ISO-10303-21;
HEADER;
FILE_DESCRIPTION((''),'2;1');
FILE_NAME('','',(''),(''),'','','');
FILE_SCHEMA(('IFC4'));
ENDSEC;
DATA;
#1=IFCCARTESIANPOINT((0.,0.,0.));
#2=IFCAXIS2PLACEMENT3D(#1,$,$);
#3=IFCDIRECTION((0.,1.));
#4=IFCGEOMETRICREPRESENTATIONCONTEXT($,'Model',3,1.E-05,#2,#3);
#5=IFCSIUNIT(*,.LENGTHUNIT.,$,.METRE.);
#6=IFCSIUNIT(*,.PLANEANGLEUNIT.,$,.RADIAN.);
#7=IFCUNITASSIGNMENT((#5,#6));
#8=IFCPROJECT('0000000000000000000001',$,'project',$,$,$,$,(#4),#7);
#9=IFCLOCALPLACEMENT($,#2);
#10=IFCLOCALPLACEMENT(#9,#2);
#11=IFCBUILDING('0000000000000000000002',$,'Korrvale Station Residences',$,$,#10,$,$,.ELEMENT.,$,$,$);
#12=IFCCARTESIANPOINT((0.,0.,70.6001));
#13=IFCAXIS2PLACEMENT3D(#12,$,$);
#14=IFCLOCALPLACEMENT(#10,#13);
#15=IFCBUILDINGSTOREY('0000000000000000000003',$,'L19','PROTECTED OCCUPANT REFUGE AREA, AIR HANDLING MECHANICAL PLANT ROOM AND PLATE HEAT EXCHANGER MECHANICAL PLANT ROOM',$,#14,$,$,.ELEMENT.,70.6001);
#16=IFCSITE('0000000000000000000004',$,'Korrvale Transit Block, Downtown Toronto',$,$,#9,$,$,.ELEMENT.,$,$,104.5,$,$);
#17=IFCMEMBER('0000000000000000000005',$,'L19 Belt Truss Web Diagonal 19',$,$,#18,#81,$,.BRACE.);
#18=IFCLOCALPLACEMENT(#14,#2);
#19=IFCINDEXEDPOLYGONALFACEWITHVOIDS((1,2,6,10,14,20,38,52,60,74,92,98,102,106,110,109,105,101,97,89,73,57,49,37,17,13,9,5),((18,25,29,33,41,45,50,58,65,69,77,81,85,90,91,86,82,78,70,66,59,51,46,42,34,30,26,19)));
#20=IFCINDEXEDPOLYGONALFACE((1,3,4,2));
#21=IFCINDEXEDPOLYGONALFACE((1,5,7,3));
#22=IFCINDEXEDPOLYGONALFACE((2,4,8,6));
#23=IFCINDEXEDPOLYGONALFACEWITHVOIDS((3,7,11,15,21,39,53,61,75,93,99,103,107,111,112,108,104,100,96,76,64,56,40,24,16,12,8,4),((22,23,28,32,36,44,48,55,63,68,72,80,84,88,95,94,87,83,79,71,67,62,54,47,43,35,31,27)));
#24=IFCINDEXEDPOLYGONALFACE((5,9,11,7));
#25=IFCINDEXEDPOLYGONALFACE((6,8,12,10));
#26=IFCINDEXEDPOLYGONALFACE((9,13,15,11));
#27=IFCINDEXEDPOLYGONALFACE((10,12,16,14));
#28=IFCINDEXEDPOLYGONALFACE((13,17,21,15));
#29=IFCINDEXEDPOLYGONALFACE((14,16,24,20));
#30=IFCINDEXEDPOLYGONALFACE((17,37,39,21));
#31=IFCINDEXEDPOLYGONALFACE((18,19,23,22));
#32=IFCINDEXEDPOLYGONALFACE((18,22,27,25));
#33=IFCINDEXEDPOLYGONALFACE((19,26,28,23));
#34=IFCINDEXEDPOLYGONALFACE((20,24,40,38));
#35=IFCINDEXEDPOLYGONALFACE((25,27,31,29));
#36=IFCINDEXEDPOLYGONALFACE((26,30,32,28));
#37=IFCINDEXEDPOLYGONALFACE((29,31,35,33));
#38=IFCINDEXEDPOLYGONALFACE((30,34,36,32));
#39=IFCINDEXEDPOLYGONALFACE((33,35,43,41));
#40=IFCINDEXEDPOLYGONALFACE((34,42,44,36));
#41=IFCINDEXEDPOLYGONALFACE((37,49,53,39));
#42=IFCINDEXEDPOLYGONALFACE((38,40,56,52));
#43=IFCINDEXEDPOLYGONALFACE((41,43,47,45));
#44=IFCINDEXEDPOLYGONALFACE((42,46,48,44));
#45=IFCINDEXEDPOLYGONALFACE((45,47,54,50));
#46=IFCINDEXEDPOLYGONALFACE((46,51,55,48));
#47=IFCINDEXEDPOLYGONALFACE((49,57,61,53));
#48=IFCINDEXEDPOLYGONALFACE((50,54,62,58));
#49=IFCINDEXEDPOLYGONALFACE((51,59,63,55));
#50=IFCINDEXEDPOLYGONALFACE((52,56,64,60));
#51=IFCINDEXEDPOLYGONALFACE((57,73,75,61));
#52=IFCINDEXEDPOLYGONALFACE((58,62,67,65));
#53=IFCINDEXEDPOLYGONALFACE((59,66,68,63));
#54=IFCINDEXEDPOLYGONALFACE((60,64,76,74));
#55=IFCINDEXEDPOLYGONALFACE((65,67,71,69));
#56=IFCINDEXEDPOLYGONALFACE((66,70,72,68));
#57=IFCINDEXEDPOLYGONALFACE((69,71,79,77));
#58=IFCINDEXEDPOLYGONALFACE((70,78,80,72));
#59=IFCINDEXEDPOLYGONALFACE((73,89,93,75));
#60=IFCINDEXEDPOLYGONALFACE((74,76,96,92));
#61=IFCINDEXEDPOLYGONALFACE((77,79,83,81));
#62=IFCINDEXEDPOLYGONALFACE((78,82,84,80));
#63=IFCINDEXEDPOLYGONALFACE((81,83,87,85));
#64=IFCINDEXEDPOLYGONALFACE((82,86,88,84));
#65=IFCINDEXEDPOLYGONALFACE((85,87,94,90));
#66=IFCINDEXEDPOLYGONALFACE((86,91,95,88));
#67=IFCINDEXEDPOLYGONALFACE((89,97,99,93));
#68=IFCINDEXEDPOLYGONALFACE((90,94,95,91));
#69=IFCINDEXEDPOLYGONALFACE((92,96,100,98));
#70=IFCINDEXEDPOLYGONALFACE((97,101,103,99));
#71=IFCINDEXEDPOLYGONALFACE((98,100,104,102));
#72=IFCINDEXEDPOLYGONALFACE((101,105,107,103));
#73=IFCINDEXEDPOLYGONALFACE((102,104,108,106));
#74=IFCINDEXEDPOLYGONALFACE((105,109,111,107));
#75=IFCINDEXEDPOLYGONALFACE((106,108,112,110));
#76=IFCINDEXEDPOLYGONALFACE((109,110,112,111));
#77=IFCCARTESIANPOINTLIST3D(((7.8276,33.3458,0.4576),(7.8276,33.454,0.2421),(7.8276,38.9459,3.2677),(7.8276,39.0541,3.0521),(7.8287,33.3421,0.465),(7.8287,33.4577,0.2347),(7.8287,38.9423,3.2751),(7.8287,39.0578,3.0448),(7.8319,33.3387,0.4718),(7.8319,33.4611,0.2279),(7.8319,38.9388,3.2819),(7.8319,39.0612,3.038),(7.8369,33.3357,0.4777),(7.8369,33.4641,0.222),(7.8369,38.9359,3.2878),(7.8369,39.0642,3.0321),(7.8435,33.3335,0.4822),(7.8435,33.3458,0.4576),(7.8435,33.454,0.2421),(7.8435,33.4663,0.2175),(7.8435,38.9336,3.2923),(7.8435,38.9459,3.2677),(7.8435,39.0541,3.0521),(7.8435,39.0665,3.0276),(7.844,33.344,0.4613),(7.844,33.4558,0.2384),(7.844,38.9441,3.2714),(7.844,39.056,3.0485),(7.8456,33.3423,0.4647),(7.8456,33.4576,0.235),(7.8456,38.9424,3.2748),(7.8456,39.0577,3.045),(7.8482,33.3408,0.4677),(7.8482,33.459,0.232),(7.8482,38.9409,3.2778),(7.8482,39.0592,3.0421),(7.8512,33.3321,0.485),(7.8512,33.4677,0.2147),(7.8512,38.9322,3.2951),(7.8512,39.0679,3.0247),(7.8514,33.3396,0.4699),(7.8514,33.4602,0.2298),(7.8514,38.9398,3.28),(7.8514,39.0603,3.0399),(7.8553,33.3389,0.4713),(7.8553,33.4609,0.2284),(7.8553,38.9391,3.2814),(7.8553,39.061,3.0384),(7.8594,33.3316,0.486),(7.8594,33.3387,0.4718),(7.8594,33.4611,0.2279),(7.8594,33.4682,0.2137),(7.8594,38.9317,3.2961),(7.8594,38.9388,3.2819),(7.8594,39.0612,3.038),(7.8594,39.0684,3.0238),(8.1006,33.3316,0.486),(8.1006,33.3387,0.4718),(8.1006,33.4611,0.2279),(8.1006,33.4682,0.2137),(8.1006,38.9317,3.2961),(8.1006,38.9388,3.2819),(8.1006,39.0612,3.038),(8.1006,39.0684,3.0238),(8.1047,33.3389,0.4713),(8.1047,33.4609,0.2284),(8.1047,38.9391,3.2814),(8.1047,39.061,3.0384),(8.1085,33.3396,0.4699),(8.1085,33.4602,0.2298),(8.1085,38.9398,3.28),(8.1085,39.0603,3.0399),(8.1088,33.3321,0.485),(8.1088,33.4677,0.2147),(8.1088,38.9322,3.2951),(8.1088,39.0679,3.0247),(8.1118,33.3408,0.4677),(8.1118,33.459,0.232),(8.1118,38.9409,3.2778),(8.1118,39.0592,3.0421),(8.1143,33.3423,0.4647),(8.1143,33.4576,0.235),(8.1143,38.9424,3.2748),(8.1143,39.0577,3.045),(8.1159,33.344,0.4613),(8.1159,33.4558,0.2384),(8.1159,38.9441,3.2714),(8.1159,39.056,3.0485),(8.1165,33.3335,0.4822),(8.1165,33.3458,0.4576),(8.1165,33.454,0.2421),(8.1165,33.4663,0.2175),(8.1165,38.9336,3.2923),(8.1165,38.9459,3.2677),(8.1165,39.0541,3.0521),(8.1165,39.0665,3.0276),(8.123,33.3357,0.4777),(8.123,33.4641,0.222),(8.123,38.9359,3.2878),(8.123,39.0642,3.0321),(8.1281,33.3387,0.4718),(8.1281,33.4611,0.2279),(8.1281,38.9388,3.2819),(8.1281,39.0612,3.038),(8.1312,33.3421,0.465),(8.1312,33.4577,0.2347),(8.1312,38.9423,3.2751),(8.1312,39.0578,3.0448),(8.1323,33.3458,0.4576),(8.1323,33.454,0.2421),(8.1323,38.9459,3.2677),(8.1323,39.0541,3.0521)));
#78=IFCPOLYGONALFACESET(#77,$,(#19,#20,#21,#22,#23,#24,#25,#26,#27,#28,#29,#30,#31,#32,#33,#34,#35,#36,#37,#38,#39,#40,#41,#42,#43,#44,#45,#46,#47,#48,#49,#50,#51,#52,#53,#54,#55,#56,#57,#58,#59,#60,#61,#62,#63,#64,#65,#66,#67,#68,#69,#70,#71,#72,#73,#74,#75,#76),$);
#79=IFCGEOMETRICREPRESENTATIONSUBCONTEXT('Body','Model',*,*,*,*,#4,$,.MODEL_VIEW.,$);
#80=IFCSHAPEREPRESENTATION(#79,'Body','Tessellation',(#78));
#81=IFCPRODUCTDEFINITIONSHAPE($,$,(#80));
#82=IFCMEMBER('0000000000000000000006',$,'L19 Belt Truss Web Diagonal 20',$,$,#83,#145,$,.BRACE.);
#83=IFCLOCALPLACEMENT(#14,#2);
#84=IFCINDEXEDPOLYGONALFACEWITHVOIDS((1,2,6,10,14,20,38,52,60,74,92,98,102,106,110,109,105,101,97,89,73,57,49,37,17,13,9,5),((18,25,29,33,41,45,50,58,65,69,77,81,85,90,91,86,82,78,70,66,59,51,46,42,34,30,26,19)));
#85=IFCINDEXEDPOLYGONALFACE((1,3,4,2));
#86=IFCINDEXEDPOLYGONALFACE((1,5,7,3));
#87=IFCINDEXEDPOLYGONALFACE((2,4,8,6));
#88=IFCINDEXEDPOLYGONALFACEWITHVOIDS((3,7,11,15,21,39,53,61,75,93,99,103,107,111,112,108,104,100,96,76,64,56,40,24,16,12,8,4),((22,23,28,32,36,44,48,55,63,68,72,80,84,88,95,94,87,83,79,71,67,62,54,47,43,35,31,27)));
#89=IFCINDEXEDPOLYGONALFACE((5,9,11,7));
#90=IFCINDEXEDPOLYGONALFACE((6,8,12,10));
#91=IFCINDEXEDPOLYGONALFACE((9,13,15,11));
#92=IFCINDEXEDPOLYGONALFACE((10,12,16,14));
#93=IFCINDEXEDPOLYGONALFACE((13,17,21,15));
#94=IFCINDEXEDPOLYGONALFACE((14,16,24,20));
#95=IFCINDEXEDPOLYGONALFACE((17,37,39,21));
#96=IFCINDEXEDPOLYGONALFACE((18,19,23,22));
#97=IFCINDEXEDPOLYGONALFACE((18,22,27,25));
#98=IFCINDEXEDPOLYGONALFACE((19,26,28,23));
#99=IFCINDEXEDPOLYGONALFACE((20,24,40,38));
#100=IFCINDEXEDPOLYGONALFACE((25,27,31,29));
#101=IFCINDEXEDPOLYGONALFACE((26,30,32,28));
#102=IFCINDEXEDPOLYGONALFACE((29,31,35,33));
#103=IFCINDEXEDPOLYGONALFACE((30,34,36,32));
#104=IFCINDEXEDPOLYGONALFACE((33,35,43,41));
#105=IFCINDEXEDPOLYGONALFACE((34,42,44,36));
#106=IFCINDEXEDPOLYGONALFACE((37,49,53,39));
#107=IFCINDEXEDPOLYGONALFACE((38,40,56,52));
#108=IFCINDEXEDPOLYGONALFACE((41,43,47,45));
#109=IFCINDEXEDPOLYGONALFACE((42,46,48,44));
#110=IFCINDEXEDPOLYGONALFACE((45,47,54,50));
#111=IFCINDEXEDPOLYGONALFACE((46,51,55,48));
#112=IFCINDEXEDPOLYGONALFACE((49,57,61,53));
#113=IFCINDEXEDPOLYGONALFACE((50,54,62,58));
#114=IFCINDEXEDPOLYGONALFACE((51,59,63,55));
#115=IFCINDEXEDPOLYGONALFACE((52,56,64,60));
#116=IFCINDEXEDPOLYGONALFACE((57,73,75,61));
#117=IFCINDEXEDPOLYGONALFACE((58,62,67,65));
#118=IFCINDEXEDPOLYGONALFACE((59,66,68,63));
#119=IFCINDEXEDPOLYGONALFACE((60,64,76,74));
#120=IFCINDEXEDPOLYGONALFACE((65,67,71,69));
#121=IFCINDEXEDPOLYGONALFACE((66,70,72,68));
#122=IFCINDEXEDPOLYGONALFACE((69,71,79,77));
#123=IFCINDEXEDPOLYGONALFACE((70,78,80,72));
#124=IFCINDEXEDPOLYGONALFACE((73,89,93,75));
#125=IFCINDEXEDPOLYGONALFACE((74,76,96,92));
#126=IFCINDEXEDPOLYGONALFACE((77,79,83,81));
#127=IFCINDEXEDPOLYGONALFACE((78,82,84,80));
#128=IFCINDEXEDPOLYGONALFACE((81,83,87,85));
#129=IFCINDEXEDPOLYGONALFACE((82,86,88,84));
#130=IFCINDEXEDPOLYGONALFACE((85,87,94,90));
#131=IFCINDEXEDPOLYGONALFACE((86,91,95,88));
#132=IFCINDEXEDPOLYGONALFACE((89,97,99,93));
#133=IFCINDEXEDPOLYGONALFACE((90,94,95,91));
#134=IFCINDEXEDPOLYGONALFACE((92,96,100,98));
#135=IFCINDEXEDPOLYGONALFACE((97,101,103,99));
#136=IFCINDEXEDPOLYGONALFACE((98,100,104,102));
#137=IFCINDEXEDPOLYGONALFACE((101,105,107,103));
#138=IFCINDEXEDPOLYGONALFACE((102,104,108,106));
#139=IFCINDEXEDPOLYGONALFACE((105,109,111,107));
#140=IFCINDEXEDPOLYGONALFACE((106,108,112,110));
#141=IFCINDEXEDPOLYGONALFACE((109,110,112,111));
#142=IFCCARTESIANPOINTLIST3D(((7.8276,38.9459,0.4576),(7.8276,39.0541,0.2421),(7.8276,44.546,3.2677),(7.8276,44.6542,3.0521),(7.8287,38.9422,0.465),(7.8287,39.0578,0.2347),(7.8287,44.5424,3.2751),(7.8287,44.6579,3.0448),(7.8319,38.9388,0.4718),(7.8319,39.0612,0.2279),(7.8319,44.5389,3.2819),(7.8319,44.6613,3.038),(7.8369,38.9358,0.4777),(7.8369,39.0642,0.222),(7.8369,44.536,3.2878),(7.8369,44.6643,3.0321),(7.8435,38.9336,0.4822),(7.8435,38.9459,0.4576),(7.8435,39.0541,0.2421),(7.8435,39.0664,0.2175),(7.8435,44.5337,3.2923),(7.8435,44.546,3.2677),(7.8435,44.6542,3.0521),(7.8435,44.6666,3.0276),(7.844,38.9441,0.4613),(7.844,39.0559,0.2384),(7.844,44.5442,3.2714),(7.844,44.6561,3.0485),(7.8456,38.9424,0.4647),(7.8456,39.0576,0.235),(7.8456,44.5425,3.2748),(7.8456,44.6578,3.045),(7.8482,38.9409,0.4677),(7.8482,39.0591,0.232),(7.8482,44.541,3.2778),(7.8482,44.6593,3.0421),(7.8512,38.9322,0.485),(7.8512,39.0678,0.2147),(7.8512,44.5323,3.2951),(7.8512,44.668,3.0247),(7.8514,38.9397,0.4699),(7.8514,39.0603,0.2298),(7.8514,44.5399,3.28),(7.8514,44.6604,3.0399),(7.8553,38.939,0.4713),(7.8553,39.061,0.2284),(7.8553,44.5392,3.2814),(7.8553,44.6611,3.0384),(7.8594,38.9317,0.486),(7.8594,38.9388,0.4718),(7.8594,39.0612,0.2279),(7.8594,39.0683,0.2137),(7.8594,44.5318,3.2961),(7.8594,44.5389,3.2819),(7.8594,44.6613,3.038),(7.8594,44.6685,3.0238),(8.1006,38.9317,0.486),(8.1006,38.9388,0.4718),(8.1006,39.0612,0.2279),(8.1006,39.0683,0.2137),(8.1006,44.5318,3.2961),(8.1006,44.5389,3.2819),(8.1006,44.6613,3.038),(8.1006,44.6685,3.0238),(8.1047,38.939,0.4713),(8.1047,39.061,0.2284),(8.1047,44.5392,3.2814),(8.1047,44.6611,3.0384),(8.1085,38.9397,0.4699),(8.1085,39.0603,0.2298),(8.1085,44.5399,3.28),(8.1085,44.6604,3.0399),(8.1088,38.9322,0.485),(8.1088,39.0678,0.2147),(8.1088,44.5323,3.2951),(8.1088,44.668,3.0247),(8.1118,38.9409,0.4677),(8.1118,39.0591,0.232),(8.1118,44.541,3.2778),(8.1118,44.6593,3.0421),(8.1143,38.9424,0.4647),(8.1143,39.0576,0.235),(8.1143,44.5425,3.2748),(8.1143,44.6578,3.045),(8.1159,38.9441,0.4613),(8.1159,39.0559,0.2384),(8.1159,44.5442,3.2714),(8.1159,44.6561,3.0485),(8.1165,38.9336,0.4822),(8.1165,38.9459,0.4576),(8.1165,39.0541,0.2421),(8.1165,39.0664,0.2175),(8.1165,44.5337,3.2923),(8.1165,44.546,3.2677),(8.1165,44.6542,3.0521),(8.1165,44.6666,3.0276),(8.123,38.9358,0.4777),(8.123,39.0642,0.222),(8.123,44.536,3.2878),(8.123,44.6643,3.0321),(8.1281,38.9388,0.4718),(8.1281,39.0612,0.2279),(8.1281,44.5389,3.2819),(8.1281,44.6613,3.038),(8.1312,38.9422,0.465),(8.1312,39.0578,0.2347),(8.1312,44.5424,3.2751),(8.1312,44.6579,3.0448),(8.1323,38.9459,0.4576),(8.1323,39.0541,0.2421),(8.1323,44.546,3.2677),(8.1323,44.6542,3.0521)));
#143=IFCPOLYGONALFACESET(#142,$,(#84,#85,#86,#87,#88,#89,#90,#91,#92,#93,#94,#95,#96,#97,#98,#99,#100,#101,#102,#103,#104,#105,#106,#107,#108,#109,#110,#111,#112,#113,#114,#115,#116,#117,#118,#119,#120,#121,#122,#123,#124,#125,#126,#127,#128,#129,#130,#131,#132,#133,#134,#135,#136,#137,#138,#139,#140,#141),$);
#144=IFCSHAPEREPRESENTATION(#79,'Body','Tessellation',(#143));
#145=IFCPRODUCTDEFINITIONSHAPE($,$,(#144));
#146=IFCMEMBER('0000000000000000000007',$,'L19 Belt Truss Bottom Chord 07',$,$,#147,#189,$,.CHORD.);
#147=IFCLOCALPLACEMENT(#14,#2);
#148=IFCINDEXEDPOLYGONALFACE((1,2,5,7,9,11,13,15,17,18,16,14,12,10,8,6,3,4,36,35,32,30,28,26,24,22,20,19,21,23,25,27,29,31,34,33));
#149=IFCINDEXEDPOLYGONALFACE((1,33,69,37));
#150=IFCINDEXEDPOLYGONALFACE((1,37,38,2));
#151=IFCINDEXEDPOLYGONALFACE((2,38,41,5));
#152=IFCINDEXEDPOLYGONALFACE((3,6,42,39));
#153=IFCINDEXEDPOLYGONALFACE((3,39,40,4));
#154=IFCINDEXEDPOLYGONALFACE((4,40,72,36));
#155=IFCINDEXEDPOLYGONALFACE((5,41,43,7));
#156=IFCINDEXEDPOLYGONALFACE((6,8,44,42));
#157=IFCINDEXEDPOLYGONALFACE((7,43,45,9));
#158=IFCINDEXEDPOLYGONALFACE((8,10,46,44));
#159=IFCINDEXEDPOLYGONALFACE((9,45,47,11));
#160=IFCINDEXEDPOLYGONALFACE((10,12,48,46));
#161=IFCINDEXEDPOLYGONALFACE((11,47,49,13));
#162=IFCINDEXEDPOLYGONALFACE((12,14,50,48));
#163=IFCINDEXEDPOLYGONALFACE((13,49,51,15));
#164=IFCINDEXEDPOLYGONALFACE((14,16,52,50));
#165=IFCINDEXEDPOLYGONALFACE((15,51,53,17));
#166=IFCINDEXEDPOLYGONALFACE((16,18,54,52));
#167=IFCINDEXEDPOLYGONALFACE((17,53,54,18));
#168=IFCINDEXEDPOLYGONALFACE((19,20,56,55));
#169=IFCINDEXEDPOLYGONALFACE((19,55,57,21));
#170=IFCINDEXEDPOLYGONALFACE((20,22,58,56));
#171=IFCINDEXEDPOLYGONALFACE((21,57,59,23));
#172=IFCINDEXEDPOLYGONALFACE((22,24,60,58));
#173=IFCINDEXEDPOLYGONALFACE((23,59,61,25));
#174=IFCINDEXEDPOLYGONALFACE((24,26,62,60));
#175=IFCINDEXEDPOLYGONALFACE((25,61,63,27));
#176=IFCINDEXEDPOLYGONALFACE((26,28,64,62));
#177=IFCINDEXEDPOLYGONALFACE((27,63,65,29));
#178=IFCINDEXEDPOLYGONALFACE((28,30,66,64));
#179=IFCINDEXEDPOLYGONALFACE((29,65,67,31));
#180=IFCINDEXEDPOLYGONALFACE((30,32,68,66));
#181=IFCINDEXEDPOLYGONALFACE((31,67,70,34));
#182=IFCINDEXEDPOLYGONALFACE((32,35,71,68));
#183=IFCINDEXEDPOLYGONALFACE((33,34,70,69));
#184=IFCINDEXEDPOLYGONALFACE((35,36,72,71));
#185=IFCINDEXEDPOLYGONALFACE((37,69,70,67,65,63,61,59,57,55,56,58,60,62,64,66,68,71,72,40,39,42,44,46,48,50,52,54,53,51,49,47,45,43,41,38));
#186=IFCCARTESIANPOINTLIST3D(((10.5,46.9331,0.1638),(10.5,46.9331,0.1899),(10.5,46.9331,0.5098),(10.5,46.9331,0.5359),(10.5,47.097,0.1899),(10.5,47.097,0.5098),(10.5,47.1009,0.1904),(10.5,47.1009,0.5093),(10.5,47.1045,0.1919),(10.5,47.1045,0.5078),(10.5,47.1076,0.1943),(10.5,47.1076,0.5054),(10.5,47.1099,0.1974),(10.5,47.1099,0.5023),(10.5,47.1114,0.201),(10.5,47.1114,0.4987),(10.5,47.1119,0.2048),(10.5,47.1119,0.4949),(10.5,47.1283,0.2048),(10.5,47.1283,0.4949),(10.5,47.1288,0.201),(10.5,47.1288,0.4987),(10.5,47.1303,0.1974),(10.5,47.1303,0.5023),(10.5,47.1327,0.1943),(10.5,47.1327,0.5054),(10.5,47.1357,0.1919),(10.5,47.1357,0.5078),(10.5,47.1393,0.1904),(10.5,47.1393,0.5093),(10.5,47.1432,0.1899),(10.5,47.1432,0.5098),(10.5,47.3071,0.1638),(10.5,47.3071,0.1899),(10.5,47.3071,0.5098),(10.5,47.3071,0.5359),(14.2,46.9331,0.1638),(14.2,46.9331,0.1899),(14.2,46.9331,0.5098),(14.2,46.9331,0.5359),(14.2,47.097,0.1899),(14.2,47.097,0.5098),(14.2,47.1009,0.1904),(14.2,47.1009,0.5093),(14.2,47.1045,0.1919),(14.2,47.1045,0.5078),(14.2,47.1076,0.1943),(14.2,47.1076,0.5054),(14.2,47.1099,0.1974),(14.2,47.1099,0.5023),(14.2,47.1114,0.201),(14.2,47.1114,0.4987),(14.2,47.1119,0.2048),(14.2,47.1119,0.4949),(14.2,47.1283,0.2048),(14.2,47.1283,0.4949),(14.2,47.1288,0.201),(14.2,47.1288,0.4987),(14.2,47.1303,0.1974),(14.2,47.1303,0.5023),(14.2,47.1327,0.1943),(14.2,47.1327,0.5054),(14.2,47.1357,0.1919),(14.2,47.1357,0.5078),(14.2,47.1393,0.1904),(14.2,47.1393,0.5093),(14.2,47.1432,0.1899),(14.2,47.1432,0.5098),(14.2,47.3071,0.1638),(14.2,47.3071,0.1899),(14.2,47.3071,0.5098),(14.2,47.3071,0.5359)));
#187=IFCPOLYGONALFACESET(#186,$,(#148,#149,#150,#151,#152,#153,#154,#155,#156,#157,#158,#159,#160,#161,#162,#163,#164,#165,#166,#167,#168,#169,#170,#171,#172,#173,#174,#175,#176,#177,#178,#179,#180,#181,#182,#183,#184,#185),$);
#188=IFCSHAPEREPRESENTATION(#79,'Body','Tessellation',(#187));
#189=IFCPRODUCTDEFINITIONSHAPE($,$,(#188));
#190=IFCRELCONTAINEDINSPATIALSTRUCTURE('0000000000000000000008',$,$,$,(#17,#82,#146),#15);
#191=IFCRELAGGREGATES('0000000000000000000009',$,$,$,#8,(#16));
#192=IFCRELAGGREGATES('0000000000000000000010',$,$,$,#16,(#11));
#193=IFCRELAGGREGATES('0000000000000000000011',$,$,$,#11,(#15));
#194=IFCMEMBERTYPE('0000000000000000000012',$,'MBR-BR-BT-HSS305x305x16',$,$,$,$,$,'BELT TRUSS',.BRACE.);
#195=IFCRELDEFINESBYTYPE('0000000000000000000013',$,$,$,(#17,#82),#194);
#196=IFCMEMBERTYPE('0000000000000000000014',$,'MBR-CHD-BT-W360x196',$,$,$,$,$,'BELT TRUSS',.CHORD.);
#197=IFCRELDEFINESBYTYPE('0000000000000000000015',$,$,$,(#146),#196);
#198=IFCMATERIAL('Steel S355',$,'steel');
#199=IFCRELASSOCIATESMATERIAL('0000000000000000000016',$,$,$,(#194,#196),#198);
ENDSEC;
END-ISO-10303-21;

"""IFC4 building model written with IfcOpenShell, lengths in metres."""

from ifc_helpers import new_model, si_unit, direction, frame, origin, origin_2d, place, context, subcontext, project, spatial, hollow_rectangle, i_section, extrude, material, material_profile, profile_set, type_object, element, save


model = new_model("IFC4")

# Units and contexts
model_context = context("Model", 3, precision=1e-05, world=origin(), true_north=direction((0.0, 1.0)))
body_context = subcontext(model_context, "Body", "Model", "MODEL_VIEW")
ifc_project = project(units=[si_unit("LENGTHUNIT", "METRE"), si_unit("PLANEANGLEUNIT", "RADIAN")], contexts=[model_context])

# Site, building, storey
site_placement = place(None, origin())
site = spatial("IfcSite", under=ifc_project, at=site_placement, Name="Korrvale Transit Block, Downtown Toronto", CompositionType="ELEMENT", RefElevation=104.5)
building_placement = place(site_placement, origin())
building = spatial("IfcBuilding", under=site, at=building_placement, Name="Korrvale Station Residences", CompositionType="ELEMENT")
storey_placement = place(building_placement, frame((0.0, 0.0, 70.6001)))
storey = spatial("IfcBuildingStorey", under=building, at=storey_placement, Name="L19", Description="PROTECTED OCCUPANT REFUGE AREA, AIR HANDLING MECHANICAL PLANT ROOM AND PLATE HEAT EXCHANGER MECHANICAL PLANT ROOM", CompositionType="ELEMENT", Elevation=70.6001)

# Members
ifc_material_1 = material(Name="Steel S355", Category="steel")
ifc_material_profile_1 = material_profile(ifc_material_1, hollow_rectangle(XDim=0.3047, YDim=0.3047, WallThickness=0.0159, InnerFilletRadius=0.0159, OuterFilletRadius=0.0317, at=origin_2d()), Name="HSS305x305x16")
ifc_profile_set_1 = profile_set([ifc_material_profile_1], Name="Steel S355")
member_type_1 = type_object("IfcMemberType", Name="MBR-BR-BT-HSS305x305x16", ElementType="BELT TRUSS", PredefinedType="BRACE", material=ifc_profile_set_1)
for number, where, z_axis, x_axis, name in (
    (1, (7.98, 33.3999, 0.3499), (0.0, 0.893787, 0.448491), (-1.0, 0.0, 0.0), "L19 Belt Truss Web Diagonal 19"),
    (2, (7.98, 39.0, 0.3499), (0.0, 0.893787, 0.448491), (-1.0, 0.0, 0.0), "L19 Belt Truss Web Diagonal 20"),
):
    element("IfcMember", number, at=place(storey_placement, frame(where, z_axis=z_axis, x_axis=x_axis)), inside=storey, type_object=member_type_1, Name=name, PredefinedType="BRACE", context=body_context, shape_type="SweptSolid", body=[
        extrude(hollow_rectangle(XDim=0.3047, YDim=0.3047, WallThickness=0.0159, InnerFilletRadius=0.0159, OuterFilletRadius=0.0317, at=origin_2d()), origin(), (0.0, 0.0, 1.0), 6.2656),
    ])
ifc_material_profile_2 = material_profile(ifc_material_1, i_section(OverallWidth=0.374, OverallDepth=0.3721, WebThickness=0.0164, FlangeThickness=0.0261, FilletRadius=0.0149, at=origin_2d()), Name="W360x196")
ifc_profile_set_2 = profile_set([ifc_material_profile_2], Name="Steel S355")
member_type_2 = type_object("IfcMemberType", Name="MBR-CHD-BT-W360x196", ElementType="BELT TRUSS", PredefinedType="CHORD", material=ifc_profile_set_2)
member_1_placement = place(storey_placement, frame((10.5, 47.1201, 0.3499), z_axis=(1.0, 0.0, 0.0), x_axis=(0.0, 1.0, 0.0)))
element("IfcMember", 3, at=member_1_placement, inside=storey, type_object=member_type_2, Name="L19 Belt Truss Bottom Chord 07", PredefinedType="CHORD", context=body_context, shape_type="SweptSolid", body=[
    extrude(i_section(OverallWidth=0.374, OverallDepth=0.3721, WebThickness=0.0164, FlangeThickness=0.0261, FilletRadius=0.0149, at=origin_2d()), origin(), (0.0, 0.0, 1.0), 3.7),
])

save(model, "model.ifc")
